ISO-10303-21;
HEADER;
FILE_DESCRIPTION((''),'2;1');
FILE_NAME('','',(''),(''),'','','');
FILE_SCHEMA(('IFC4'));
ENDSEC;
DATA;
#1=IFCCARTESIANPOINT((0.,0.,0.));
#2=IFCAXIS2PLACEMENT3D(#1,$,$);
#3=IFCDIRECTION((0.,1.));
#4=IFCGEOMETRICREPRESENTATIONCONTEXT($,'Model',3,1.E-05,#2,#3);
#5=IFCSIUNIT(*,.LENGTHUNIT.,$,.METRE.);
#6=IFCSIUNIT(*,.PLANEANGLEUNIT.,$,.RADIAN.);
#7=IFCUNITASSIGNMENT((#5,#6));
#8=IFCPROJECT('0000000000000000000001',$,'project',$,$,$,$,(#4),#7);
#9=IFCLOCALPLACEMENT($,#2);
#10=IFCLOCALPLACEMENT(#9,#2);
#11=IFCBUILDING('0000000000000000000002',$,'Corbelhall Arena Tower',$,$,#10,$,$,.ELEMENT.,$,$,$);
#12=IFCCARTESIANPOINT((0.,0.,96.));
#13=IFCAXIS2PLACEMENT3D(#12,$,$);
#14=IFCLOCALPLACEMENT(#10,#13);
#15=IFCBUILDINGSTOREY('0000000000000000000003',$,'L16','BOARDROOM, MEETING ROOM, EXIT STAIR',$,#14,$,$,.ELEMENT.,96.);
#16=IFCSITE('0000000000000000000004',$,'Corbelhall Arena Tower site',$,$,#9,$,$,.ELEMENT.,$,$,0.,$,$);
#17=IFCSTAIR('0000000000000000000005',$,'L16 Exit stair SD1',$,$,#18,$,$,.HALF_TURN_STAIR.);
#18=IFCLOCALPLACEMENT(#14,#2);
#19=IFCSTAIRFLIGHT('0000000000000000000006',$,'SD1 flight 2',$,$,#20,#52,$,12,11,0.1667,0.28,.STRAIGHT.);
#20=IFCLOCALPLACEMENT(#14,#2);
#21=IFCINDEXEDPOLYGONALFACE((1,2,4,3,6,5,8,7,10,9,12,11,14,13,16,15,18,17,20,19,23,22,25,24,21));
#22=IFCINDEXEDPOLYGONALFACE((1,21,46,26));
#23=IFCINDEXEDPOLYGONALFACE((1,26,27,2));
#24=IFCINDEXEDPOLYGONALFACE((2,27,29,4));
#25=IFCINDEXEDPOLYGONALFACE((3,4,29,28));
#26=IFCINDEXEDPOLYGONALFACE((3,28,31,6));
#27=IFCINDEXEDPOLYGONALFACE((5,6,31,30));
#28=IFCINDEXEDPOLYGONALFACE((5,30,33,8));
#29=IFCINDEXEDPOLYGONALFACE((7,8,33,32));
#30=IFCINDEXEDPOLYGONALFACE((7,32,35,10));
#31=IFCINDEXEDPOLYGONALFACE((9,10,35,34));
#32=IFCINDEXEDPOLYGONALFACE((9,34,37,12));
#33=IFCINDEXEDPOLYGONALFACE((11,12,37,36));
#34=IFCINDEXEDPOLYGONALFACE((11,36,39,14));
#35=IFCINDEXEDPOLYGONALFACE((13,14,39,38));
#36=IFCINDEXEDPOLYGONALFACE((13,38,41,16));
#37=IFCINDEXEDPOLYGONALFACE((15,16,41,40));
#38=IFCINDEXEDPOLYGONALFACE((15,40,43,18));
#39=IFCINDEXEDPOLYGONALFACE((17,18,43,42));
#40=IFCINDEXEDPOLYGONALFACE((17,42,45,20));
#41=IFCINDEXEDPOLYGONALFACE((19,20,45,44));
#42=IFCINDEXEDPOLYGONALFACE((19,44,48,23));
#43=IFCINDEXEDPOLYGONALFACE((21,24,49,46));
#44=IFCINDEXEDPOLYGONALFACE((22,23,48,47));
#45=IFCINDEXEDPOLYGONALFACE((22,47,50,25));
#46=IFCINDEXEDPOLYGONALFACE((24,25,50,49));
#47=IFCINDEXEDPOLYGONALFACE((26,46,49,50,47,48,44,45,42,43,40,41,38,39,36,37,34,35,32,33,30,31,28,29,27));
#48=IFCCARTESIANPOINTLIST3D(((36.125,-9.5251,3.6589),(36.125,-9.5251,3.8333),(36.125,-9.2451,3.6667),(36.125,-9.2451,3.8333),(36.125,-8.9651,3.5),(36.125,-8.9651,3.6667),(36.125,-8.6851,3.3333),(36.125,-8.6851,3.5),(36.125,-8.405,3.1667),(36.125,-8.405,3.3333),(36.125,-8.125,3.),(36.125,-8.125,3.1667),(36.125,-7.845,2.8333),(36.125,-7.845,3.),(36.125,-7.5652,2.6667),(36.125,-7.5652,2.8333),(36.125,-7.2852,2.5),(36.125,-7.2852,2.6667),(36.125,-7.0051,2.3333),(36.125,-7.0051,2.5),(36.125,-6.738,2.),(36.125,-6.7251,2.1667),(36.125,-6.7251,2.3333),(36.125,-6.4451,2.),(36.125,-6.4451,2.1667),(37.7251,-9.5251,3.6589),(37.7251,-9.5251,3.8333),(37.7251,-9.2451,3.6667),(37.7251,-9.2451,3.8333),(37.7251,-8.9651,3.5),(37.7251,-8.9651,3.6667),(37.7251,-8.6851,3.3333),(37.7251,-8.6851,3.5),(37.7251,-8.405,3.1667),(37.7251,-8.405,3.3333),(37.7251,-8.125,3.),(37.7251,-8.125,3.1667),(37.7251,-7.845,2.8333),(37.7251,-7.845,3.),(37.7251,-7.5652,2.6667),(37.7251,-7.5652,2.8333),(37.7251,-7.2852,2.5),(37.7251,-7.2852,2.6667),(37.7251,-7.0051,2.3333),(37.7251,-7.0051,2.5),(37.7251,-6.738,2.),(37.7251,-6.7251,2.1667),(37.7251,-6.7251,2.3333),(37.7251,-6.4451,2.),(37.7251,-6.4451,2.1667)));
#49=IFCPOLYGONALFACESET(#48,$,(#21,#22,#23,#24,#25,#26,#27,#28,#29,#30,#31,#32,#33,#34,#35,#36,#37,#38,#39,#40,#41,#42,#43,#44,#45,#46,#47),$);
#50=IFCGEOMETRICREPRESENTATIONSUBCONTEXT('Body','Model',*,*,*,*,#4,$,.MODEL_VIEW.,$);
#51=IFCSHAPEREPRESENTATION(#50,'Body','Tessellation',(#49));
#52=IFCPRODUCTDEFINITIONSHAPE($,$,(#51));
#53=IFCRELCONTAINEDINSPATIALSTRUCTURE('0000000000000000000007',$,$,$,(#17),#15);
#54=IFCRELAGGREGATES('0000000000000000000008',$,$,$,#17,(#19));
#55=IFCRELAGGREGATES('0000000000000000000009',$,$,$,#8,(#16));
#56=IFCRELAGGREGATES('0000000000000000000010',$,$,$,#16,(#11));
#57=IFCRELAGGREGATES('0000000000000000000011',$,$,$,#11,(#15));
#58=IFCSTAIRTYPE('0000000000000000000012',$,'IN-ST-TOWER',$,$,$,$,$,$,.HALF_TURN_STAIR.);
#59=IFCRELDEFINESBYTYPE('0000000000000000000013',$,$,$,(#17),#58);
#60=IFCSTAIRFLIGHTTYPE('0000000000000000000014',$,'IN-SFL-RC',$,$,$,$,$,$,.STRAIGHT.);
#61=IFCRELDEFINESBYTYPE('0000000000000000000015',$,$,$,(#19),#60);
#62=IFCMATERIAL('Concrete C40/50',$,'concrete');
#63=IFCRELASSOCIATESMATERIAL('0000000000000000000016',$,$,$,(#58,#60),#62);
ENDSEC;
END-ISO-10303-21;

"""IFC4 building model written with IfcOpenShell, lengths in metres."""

from ifc_helpers import new_model, si_unit, direction, frame, origin, place, context, subcontext, project, spatial, polyline, outline, extrude, material, type_object, element, aggregate, save


model = new_model("IFC4")

# Units and contexts
model_context = context("Model", 3, precision=1e-05, world=origin(), true_north=direction((0.0, 1.0)))
body_context = subcontext(model_context, "Body", "Model", "MODEL_VIEW")
ifc_project = project(units=[si_unit("LENGTHUNIT", "METRE"), si_unit("PLANEANGLEUNIT", "RADIAN")], contexts=[model_context])

# Site, building, storey
site_placement = place(None, origin())
site = spatial("IfcSite", under=ifc_project, at=site_placement, Name="Corbelhall Arena Tower site", CompositionType="ELEMENT", RefElevation=0.0)
building_placement = place(site_placement, origin())
building = spatial("IfcBuilding", under=site, at=building_placement, Name="Corbelhall Arena Tower", CompositionType="ELEMENT")
storey_placement = place(building_placement, frame((0.0, 0.0, 96.0)))
storey = spatial("IfcBuildingStorey", under=building, at=storey_placement, Name="L16", Description="BOARDROOM, MEETING ROOM, EXIT STAIR", CompositionType="ELEMENT", Elevation=96.0)

# Shared definitions
ifc_material_1 = material(Name="Concrete C40/50", Category="concrete")

# Stair, stair flight
stair_type = type_object("IfcStairType", Name="IN-ST-TOWER", PredefinedType="HALF_TURN_STAIR", material=ifc_material_1)
stair_placement = place(storey_placement, origin())
stair = element("IfcStair", 1, at=stair_placement, inside=storey, type_object=stair_type, Name="L16 Exit stair SD1", PredefinedType="HALF_TURN_STAIR")
stair_flight_type = type_object("IfcStairFlightType", Name="IN-SFL-RC", PredefinedType="STRAIGHT", material=ifc_material_1)
stair_flight_1_placement = place(storey_placement, frame((36.925, -6.4451, 2.0), z_axis=(0.0, 0.0, 1.0), x_axis=(0.0, -1.0, 0.0)))
stair_flight_1 = element("IfcStairFlight", 2, at=stair_flight_1_placement, type_object=stair_flight_type, Name="SD1 flight 2", NumberOfRisers=12, NumberOfTreads=11, PredefinedType="STRAIGHT", RiserHeight=0.1667, TreadLength=0.28, context=body_context, shape_type="SweptSolid", body=[
    extrude(outline(polyline([(0.0, 0.0), (0.0, 0.1667), (0.28, 0.1667), (0.28, 0.3333), (0.5601, 0.3333), (0.5601, 0.5), (0.8401, 0.5), (0.8401, 0.6667), (1.1201, 0.6667), (1.1201, 0.8333), (1.3999, 0.8333), (1.3999, 1.0), (1.6799, 1.0), (1.6799, 1.1667), (1.96, 1.1667), (1.96, 1.3333), (2.24, 1.3333), (2.24, 1.5), (2.52, 1.5), (2.52, 1.6667), (2.8, 1.6667), (2.8, 1.8333), (3.0801, 1.8333), (3.0801, 2.0), (3.0801, 1.6589), (0.293, 0.0), (0.0, 0.0)])), frame((0.0, 0.8, 0.0), z_axis=(0.0, -1.0, 0.0), x_axis=(1.0, 0.0, 0.0)), (0.0, 0.0, 1.0), 1.6001),
])
aggregate(stair, [stair_flight_1])

save(model, "model.ifc")
